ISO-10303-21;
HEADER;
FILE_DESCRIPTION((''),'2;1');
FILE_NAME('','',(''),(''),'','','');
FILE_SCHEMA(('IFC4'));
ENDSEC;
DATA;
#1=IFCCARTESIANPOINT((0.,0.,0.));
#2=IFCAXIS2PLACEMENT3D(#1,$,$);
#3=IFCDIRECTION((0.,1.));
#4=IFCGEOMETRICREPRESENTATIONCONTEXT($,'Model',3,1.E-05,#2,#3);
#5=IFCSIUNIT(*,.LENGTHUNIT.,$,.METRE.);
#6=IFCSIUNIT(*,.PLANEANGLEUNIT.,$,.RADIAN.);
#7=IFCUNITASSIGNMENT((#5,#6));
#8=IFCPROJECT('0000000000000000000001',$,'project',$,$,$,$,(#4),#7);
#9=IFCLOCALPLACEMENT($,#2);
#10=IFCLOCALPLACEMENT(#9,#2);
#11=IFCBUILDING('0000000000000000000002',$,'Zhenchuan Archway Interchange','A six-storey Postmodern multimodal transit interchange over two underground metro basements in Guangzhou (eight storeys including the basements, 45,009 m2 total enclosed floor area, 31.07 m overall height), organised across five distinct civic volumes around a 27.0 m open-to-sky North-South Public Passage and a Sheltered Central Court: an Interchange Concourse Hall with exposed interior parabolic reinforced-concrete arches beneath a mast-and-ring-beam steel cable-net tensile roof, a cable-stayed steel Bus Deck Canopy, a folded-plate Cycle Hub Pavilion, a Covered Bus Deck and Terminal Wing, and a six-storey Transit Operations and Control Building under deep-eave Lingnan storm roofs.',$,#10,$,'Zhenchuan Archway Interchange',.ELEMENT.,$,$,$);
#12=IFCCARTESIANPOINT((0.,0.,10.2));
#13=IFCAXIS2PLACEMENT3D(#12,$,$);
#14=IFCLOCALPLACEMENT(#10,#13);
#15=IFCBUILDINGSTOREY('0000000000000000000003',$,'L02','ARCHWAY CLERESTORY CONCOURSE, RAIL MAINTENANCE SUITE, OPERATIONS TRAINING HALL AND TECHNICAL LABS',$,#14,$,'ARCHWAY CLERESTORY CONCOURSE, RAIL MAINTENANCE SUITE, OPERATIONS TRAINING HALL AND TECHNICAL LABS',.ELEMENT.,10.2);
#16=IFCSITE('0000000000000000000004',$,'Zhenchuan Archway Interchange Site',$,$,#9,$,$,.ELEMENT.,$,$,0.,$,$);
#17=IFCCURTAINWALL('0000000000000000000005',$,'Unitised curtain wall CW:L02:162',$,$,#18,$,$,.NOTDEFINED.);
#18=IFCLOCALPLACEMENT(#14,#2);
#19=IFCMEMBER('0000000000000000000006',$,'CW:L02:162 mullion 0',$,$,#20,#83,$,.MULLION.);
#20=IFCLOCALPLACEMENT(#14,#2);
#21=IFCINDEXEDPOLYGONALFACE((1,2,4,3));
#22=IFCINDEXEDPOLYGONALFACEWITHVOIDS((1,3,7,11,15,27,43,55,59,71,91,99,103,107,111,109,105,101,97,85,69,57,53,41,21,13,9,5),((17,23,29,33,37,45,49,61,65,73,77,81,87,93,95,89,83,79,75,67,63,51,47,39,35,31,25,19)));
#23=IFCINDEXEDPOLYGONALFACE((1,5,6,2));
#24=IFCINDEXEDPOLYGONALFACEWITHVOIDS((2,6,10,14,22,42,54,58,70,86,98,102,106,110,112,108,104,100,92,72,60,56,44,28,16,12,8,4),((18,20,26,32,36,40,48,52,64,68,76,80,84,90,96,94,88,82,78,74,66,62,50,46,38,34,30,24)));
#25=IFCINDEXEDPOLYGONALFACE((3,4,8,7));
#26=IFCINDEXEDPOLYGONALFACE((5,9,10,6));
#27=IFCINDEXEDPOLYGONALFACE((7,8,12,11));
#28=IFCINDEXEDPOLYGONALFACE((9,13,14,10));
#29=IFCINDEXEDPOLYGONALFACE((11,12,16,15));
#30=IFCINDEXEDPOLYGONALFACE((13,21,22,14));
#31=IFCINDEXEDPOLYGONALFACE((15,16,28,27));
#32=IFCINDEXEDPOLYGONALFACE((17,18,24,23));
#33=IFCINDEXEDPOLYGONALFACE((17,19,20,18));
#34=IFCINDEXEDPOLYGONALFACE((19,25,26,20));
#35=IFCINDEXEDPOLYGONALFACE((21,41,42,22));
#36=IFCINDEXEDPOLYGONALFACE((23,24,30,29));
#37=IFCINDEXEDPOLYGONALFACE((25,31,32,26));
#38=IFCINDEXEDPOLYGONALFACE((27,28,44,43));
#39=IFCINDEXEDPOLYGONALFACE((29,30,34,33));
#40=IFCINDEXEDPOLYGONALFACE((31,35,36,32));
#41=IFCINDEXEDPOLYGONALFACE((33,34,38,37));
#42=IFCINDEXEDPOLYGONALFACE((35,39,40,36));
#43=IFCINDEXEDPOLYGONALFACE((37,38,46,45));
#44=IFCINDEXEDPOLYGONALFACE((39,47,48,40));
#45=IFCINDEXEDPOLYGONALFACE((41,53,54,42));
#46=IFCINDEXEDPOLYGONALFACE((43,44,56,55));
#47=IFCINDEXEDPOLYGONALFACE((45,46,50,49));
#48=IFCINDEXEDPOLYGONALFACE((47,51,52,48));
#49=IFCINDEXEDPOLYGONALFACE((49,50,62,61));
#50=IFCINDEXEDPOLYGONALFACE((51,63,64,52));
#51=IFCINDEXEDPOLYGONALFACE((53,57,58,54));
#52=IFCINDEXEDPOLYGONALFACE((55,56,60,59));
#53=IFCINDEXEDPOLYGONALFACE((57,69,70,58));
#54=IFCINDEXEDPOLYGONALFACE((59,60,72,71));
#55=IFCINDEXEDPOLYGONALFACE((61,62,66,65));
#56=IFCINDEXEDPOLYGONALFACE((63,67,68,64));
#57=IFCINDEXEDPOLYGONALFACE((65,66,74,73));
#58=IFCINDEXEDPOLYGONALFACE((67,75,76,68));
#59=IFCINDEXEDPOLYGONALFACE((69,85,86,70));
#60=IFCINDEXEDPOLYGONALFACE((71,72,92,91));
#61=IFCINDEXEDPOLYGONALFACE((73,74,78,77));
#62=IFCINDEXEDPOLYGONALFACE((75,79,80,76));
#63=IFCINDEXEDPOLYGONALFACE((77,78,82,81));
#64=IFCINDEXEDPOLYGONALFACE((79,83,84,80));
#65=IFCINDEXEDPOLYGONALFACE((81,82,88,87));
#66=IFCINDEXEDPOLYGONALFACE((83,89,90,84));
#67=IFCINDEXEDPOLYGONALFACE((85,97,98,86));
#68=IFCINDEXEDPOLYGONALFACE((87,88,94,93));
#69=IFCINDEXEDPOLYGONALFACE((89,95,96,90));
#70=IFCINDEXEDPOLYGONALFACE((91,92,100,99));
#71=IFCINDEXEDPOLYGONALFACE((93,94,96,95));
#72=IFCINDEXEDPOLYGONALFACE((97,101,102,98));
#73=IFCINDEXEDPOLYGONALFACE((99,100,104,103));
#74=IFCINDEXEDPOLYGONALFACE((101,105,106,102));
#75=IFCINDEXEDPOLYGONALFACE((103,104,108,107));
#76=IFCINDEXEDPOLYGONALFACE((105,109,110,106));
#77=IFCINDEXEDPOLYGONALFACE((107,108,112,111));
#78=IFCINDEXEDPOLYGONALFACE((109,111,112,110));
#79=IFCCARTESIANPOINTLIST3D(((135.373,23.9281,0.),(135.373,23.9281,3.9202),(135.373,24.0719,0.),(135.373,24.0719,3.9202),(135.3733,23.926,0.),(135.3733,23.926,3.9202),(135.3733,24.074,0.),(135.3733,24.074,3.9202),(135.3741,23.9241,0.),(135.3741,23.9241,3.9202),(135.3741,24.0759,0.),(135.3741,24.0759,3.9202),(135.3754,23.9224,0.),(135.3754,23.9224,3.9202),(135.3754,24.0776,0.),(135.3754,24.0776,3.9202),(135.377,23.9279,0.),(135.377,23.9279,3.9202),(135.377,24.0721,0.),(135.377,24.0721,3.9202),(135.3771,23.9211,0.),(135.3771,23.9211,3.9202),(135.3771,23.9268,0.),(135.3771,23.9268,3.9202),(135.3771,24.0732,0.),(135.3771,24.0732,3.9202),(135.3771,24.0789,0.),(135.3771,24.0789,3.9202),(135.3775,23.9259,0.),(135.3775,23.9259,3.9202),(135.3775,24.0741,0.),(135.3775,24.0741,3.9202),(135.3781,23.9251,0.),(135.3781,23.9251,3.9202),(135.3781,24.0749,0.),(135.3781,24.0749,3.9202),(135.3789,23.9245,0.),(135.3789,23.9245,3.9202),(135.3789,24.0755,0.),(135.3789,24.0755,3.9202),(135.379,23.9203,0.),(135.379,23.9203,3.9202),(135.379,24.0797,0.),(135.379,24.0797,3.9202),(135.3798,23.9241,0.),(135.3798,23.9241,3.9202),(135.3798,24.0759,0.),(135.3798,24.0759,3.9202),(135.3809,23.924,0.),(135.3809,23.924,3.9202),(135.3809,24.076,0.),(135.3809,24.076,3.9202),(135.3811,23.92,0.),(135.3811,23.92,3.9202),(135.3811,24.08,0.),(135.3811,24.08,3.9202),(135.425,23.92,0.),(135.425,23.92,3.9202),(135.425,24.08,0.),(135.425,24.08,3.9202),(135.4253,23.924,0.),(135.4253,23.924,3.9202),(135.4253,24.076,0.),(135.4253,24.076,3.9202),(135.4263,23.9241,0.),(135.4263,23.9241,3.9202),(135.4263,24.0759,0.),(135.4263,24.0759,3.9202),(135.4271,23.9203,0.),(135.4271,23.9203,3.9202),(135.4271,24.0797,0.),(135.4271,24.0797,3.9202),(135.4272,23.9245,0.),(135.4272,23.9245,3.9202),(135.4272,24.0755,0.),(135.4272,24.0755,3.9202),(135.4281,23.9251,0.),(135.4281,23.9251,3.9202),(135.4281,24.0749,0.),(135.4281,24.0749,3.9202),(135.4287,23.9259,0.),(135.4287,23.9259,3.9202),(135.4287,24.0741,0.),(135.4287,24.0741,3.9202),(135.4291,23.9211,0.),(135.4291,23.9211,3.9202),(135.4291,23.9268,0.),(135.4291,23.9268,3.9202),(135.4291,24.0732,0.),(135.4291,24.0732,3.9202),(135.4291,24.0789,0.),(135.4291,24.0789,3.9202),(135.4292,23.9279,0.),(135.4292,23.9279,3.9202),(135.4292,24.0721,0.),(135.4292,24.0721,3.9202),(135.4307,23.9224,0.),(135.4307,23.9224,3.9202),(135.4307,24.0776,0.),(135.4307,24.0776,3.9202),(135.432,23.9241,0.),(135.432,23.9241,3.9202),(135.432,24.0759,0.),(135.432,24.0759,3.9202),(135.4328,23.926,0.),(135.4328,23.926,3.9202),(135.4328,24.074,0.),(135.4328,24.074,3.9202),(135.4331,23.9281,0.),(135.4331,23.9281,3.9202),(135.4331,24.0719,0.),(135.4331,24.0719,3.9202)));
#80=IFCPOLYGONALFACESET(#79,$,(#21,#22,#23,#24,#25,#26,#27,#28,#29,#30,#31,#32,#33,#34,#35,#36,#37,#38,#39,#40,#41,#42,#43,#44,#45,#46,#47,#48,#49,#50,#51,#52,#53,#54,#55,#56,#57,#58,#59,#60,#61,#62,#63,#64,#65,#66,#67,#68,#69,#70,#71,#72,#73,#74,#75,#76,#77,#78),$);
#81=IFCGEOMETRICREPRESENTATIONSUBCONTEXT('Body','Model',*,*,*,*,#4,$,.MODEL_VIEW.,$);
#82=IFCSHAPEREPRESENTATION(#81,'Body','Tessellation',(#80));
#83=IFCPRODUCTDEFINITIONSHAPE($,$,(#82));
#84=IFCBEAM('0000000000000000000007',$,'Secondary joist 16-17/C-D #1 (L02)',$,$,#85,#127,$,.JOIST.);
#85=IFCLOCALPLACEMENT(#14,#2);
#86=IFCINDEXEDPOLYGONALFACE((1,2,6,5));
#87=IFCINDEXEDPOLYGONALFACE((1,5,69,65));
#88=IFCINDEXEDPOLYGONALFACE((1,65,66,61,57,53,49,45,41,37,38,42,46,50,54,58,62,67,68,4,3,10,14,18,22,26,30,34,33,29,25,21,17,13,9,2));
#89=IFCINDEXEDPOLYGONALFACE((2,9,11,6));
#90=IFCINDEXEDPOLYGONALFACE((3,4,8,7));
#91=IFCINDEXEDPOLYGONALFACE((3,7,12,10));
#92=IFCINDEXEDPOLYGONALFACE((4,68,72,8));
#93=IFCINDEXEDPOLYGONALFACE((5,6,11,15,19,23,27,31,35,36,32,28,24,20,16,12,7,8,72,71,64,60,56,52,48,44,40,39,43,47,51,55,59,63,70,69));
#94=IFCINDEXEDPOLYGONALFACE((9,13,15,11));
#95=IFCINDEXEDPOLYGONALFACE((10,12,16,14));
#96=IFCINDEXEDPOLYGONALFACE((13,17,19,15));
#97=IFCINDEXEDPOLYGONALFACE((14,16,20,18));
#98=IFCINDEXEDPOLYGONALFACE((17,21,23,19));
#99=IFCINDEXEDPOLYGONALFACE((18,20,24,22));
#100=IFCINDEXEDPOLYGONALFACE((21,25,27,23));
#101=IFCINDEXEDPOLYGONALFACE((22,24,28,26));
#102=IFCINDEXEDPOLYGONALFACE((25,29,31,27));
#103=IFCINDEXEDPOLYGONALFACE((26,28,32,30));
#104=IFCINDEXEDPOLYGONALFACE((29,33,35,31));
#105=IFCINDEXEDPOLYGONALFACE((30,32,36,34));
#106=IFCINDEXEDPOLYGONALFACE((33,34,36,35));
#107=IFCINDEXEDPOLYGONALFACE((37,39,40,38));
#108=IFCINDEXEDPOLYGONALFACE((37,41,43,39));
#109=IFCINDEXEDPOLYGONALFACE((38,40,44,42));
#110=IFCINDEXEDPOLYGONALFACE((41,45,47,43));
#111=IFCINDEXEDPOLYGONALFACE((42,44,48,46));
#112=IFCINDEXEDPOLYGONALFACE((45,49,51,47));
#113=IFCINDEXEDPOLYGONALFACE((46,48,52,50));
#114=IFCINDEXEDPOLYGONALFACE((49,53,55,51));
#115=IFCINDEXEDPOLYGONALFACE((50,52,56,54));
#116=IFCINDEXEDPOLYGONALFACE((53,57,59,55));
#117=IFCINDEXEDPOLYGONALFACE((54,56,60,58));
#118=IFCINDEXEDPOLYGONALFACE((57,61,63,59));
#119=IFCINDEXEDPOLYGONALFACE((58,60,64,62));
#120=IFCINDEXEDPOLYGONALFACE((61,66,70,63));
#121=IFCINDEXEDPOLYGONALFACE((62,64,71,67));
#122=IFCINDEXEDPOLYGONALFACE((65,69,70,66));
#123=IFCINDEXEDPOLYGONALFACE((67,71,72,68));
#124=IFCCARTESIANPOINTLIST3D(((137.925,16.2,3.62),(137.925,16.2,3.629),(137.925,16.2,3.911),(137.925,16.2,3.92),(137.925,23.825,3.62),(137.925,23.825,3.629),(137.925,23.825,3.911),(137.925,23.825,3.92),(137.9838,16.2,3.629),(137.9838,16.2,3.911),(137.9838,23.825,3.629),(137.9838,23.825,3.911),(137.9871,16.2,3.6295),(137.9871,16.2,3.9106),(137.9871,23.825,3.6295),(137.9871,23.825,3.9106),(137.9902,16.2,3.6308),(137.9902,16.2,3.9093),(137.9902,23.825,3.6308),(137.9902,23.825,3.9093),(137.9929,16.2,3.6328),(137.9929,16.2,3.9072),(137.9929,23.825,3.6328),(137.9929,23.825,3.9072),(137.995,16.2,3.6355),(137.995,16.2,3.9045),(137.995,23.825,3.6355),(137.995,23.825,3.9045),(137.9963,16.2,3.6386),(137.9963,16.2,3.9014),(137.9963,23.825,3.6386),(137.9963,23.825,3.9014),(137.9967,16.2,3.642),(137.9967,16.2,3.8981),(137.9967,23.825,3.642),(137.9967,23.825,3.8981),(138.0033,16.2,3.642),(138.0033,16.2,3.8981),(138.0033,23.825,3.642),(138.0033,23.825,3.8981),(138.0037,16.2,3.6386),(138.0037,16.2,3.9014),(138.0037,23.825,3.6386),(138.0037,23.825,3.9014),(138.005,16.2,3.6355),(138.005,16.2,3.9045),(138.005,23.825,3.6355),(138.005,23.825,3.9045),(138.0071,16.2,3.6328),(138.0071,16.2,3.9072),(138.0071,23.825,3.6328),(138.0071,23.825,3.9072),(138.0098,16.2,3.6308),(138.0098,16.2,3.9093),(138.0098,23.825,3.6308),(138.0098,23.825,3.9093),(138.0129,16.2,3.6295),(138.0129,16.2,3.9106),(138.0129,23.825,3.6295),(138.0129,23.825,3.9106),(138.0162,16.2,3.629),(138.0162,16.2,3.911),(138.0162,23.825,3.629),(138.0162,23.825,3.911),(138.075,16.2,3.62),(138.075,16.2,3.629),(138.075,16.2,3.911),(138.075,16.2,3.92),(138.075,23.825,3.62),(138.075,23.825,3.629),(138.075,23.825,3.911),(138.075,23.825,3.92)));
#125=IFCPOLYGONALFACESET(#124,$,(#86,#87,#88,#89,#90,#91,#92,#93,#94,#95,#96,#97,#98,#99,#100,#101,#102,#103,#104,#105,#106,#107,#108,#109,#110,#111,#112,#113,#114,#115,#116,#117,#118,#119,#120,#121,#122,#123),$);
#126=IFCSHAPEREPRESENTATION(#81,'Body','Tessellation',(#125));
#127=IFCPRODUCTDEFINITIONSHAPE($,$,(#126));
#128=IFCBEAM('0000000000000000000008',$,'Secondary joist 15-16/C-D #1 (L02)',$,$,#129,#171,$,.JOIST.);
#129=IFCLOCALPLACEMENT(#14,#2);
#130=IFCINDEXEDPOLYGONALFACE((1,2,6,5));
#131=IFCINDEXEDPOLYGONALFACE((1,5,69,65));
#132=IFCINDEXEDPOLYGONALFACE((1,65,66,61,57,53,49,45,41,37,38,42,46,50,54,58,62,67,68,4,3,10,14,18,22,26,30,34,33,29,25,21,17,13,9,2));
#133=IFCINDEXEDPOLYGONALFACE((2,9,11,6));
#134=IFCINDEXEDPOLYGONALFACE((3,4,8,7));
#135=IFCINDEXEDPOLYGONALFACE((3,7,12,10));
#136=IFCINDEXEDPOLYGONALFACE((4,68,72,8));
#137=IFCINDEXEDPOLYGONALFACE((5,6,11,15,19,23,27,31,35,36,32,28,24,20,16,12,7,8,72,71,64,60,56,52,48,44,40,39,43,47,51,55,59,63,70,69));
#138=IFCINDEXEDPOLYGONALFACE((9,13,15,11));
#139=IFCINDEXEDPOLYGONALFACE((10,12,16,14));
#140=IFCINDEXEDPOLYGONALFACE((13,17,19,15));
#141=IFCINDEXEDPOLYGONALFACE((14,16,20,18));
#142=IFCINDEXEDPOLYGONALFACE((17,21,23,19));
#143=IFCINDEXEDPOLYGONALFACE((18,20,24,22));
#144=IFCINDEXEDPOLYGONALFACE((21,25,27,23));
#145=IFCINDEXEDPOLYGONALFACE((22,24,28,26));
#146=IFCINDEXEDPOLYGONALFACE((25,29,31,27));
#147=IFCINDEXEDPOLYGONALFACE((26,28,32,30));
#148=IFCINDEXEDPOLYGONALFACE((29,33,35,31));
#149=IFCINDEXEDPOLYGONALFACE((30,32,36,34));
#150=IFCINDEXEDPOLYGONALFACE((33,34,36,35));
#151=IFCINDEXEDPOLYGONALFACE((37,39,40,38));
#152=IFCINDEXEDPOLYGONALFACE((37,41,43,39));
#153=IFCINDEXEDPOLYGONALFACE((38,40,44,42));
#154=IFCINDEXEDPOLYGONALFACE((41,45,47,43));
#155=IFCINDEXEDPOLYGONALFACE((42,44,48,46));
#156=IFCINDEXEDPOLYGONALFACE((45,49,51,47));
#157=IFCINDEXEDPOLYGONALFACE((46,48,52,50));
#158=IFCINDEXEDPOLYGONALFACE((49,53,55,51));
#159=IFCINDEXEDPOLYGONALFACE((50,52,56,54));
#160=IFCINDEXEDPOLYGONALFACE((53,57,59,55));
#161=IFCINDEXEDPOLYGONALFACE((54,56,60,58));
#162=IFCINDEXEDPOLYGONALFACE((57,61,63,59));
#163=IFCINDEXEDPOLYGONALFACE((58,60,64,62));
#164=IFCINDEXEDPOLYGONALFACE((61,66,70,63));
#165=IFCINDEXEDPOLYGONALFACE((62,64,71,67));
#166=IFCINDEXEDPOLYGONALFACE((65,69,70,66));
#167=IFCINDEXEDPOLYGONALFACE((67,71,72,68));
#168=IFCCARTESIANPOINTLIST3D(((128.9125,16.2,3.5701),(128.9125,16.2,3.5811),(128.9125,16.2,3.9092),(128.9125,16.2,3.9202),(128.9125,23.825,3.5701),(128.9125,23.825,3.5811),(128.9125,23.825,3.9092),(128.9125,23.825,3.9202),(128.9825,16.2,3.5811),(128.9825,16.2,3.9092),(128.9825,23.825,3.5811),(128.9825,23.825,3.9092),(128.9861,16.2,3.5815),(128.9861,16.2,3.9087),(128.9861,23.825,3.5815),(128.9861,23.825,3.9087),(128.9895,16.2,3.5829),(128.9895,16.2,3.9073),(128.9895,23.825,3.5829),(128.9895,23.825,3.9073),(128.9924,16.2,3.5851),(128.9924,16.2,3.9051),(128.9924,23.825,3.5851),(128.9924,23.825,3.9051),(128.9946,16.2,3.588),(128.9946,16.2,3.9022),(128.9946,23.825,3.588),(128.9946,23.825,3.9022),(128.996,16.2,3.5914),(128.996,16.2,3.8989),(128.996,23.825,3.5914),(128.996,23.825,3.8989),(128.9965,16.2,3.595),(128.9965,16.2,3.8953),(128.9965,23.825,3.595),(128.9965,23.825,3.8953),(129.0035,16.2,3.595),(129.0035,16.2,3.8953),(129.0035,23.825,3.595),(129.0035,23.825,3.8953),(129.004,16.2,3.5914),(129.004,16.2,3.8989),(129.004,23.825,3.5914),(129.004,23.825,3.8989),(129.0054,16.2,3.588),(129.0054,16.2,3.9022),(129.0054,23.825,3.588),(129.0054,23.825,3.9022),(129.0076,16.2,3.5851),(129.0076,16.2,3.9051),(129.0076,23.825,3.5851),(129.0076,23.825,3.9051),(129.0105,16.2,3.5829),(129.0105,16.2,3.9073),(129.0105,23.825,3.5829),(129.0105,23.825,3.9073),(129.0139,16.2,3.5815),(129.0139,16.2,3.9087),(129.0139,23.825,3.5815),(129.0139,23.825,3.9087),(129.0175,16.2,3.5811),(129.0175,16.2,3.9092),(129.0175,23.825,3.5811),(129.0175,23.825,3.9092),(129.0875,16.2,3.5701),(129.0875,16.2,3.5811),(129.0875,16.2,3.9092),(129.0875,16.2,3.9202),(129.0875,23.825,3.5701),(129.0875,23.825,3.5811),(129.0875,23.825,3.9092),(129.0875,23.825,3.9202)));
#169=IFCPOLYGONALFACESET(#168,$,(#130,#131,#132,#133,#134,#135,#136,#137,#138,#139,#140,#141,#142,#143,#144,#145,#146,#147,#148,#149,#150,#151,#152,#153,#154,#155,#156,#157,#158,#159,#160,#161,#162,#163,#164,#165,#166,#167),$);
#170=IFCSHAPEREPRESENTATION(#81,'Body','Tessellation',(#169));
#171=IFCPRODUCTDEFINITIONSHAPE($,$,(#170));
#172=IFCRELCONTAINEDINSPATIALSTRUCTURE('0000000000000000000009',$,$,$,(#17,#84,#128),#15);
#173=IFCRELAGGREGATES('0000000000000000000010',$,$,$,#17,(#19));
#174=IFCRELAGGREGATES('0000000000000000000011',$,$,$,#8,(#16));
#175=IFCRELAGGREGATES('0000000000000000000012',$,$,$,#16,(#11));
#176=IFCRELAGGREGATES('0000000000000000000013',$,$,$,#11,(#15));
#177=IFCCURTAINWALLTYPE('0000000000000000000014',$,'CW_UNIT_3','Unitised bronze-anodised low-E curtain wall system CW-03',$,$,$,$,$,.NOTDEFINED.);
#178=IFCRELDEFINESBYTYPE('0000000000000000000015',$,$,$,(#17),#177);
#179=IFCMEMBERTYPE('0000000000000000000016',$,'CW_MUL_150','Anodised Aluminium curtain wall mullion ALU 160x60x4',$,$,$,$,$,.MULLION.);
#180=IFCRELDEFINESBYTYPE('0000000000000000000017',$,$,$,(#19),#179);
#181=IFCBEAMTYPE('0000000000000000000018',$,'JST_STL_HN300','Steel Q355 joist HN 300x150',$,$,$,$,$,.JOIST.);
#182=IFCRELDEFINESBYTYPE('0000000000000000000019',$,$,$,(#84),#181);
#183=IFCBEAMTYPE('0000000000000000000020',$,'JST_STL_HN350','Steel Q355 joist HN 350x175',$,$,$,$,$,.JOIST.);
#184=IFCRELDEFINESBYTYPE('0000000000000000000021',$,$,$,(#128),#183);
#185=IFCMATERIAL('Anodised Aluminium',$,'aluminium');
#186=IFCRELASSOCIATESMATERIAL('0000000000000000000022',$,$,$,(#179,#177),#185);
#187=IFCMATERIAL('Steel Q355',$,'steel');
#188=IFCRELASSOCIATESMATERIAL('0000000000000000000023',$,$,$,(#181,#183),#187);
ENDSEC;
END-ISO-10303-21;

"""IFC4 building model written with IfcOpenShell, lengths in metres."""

from ifc_helpers import new_model, si_unit, direction, frame, origin, origin_2d, place, context, subcontext, project, spatial, hollow_rectangle, i_section, extrude, material, material_profile, profile_set, type_object, element, aggregate, save


model = new_model("IFC4")

# Units and contexts
model_context = context("Model", 3, precision=1e-05, world=origin(), true_north=direction((0.0, 1.0)))
body_context = subcontext(model_context, "Body", "Model", "MODEL_VIEW")
ifc_project = project(units=[si_unit("LENGTHUNIT", "METRE"), si_unit("PLANEANGLEUNIT", "RADIAN")], contexts=[model_context])

# Site, building, storey
site_placement = place(None, origin())
site = spatial("IfcSite", under=ifc_project, at=site_placement, Name="Zhenchuan Archway Interchange Site", CompositionType="ELEMENT", RefElevation=0.0)
building_placement = place(site_placement, origin())
building = spatial("IfcBuilding", under=site, at=building_placement, Name="Zhenchuan Archway Interchange", Description="A six-storey Postmodern multimodal transit interchange over two underground metro basements in Guangzhou (eight storeys including the basements, 45,009 m2 total enclosed floor area, 31.07 m overall height), organised across five distinct civic volumes around a 27.0 m open-to-sky North-South Public Passage and a Sheltered Central Court: an Interchange Concourse Hall with exposed interior parabolic reinforced-concrete arches beneath a mast-and-ring-beam steel cable-net tensile roof, a cable-stayed steel Bus Deck Canopy, a folded-plate Cycle Hub Pavilion, a Covered Bus Deck and Terminal Wing, and a six-storey Transit Operations and Control Building under deep-eave Lingnan storm roofs.", LongName="Zhenchuan Archway Interchange", CompositionType="ELEMENT")
storey_placement = place(building_placement, frame((0.0, 0.0, 10.2)))
storey = spatial("IfcBuildingStorey", under=building, at=storey_placement, Name="L02", Description="ARCHWAY CLERESTORY CONCOURSE, RAIL MAINTENANCE SUITE, OPERATIONS TRAINING HALL AND TECHNICAL LABS", LongName="ARCHWAY CLERESTORY CONCOURSE, RAIL MAINTENANCE SUITE, OPERATIONS TRAINING HALL AND TECHNICAL LABS", CompositionType="ELEMENT", Elevation=10.2)

# Curtain wall, member
ifc_material_1 = material(Name="Anodised Aluminium", Category="aluminium")
ifc_material_profile_1 = material_profile(ifc_material_1, hollow_rectangle(XDim=0.0601, YDim=0.1599, WallThickness=0.0039, InnerFilletRadius=0.0039, OuterFilletRadius=0.0081, at=origin_2d()), Name="ALU 160x60x4")
ifc_profile_set_1 = profile_set([ifc_material_profile_1], Name="Anodised Aluminium")
member_type = type_object("IfcMemberType", Name="CW_MUL_150", Description="Anodised Aluminium curtain wall mullion ALU 160x60x4", PredefinedType="MULLION", material=ifc_profile_set_1)
curtain_wall_type_1 = type_object("IfcCurtainWallType", Name="CW_UNIT_3", Description="Unitised bronze-anodised low-E curtain wall system CW-03", PredefinedType="NOTDEFINED", material=ifc_material_1)
curtain_wall_1_placement = place(storey_placement, origin())
curtain_wall_1 = element("IfcCurtainWall", 1, at=curtain_wall_1_placement, inside=storey, type_object=curtain_wall_type_1, Name="Unitised curtain wall CW:L02:162", PredefinedType="NOTDEFINED")
member_1_placement = place(storey_placement, frame((135.4031, 24.0, 0.0), z_axis=(0.0, 0.0, 1.0), x_axis=(1.0, 0.0, 0.0)))
member_1 = element("IfcMember", 2, at=member_1_placement, type_object=member_type, Name="CW:L02:162 mullion 0", PredefinedType="MULLION", context=body_context, shape_type="SweptSolid", body=[
    extrude(hollow_rectangle(XDim=0.0601, YDim=0.1599, WallThickness=0.0039, InnerFilletRadius=0.0039, OuterFilletRadius=0.0081, at=origin_2d()), origin(), (0.0, 0.0, 1.0), 3.9202),
])
aggregate(curtain_wall_1, [member_1])

# Beams
ifc_material_2 = material(Name="Steel Q355", Category="steel")
ifc_material_profile_2 = material_profile(ifc_material_2, i_section(OverallWidth=0.1499, OverallDepth=0.3, WebThickness=0.0066, FlangeThickness=0.009, FilletRadius=0.0129, at=origin_2d()), Name="HN 300x150")
ifc_profile_set_2 = profile_set([ifc_material_profile_2], Name="Steel Q355")
beam_type_1 = type_object("IfcBeamType", Name="JST_STL_HN300", Description="Steel Q355 joist HN 300x150", PredefinedType="JOIST", material=ifc_profile_set_2)
beam_1_placement = place(storey_placement, frame((138.0, 16.2, 3.77), z_axis=(0.0, 1.0, 0.0), x_axis=(-1.0, 0.0, 0.0)))
element("IfcBeam", 3, at=beam_1_placement, inside=storey, type_object=beam_type_1, Name="Secondary joist 16-17/C-D #1 (L02)", PredefinedType="JOIST", context=body_context, shape_type="SweptSolid", body=[
    extrude(i_section(OverallWidth=0.1499, OverallDepth=0.3, WebThickness=0.0066, FlangeThickness=0.009, FilletRadius=0.0129, at=origin_2d()), origin(), (0.0, 0.0, 1.0), 7.625),
])
ifc_material_profile_3 = material_profile(ifc_material_2, i_section(OverallWidth=0.175, OverallDepth=0.3501, WebThickness=0.0071, FlangeThickness=0.011, FilletRadius=0.0139, at=origin_2d()), Name="HN 350x175")
ifc_profile_set_3 = profile_set([ifc_material_profile_3], Name="Steel Q355")
beam_type_2 = type_object("IfcBeamType", Name="JST_STL_HN350", Description="Steel Q355 joist HN 350x175", PredefinedType="JOIST", material=ifc_profile_set_3)
for number, where, z_axis, x_axis, name in (
    (4, (129.0, 16.2, 3.7451), (0.0, 1.0, 0.0), (-1.0, 0.0, 0.0), "Secondary joist 15-16/C-D #1 (L02)"),
):
    element("IfcBeam", number, at=place(storey_placement, frame(where, z_axis=z_axis, x_axis=x_axis)), inside=storey, type_object=beam_type_2, Name=name, PredefinedType="JOIST", context=body_context, shape_type="SweptSolid", body=[
        extrude(i_section(OverallWidth=0.175, OverallDepth=0.3501, WebThickness=0.0071, FlangeThickness=0.011, FilletRadius=0.0139, at=origin_2d()), origin(), (0.0, 0.0, 1.0), 7.625),
    ])

save(model, "model.ifc")
